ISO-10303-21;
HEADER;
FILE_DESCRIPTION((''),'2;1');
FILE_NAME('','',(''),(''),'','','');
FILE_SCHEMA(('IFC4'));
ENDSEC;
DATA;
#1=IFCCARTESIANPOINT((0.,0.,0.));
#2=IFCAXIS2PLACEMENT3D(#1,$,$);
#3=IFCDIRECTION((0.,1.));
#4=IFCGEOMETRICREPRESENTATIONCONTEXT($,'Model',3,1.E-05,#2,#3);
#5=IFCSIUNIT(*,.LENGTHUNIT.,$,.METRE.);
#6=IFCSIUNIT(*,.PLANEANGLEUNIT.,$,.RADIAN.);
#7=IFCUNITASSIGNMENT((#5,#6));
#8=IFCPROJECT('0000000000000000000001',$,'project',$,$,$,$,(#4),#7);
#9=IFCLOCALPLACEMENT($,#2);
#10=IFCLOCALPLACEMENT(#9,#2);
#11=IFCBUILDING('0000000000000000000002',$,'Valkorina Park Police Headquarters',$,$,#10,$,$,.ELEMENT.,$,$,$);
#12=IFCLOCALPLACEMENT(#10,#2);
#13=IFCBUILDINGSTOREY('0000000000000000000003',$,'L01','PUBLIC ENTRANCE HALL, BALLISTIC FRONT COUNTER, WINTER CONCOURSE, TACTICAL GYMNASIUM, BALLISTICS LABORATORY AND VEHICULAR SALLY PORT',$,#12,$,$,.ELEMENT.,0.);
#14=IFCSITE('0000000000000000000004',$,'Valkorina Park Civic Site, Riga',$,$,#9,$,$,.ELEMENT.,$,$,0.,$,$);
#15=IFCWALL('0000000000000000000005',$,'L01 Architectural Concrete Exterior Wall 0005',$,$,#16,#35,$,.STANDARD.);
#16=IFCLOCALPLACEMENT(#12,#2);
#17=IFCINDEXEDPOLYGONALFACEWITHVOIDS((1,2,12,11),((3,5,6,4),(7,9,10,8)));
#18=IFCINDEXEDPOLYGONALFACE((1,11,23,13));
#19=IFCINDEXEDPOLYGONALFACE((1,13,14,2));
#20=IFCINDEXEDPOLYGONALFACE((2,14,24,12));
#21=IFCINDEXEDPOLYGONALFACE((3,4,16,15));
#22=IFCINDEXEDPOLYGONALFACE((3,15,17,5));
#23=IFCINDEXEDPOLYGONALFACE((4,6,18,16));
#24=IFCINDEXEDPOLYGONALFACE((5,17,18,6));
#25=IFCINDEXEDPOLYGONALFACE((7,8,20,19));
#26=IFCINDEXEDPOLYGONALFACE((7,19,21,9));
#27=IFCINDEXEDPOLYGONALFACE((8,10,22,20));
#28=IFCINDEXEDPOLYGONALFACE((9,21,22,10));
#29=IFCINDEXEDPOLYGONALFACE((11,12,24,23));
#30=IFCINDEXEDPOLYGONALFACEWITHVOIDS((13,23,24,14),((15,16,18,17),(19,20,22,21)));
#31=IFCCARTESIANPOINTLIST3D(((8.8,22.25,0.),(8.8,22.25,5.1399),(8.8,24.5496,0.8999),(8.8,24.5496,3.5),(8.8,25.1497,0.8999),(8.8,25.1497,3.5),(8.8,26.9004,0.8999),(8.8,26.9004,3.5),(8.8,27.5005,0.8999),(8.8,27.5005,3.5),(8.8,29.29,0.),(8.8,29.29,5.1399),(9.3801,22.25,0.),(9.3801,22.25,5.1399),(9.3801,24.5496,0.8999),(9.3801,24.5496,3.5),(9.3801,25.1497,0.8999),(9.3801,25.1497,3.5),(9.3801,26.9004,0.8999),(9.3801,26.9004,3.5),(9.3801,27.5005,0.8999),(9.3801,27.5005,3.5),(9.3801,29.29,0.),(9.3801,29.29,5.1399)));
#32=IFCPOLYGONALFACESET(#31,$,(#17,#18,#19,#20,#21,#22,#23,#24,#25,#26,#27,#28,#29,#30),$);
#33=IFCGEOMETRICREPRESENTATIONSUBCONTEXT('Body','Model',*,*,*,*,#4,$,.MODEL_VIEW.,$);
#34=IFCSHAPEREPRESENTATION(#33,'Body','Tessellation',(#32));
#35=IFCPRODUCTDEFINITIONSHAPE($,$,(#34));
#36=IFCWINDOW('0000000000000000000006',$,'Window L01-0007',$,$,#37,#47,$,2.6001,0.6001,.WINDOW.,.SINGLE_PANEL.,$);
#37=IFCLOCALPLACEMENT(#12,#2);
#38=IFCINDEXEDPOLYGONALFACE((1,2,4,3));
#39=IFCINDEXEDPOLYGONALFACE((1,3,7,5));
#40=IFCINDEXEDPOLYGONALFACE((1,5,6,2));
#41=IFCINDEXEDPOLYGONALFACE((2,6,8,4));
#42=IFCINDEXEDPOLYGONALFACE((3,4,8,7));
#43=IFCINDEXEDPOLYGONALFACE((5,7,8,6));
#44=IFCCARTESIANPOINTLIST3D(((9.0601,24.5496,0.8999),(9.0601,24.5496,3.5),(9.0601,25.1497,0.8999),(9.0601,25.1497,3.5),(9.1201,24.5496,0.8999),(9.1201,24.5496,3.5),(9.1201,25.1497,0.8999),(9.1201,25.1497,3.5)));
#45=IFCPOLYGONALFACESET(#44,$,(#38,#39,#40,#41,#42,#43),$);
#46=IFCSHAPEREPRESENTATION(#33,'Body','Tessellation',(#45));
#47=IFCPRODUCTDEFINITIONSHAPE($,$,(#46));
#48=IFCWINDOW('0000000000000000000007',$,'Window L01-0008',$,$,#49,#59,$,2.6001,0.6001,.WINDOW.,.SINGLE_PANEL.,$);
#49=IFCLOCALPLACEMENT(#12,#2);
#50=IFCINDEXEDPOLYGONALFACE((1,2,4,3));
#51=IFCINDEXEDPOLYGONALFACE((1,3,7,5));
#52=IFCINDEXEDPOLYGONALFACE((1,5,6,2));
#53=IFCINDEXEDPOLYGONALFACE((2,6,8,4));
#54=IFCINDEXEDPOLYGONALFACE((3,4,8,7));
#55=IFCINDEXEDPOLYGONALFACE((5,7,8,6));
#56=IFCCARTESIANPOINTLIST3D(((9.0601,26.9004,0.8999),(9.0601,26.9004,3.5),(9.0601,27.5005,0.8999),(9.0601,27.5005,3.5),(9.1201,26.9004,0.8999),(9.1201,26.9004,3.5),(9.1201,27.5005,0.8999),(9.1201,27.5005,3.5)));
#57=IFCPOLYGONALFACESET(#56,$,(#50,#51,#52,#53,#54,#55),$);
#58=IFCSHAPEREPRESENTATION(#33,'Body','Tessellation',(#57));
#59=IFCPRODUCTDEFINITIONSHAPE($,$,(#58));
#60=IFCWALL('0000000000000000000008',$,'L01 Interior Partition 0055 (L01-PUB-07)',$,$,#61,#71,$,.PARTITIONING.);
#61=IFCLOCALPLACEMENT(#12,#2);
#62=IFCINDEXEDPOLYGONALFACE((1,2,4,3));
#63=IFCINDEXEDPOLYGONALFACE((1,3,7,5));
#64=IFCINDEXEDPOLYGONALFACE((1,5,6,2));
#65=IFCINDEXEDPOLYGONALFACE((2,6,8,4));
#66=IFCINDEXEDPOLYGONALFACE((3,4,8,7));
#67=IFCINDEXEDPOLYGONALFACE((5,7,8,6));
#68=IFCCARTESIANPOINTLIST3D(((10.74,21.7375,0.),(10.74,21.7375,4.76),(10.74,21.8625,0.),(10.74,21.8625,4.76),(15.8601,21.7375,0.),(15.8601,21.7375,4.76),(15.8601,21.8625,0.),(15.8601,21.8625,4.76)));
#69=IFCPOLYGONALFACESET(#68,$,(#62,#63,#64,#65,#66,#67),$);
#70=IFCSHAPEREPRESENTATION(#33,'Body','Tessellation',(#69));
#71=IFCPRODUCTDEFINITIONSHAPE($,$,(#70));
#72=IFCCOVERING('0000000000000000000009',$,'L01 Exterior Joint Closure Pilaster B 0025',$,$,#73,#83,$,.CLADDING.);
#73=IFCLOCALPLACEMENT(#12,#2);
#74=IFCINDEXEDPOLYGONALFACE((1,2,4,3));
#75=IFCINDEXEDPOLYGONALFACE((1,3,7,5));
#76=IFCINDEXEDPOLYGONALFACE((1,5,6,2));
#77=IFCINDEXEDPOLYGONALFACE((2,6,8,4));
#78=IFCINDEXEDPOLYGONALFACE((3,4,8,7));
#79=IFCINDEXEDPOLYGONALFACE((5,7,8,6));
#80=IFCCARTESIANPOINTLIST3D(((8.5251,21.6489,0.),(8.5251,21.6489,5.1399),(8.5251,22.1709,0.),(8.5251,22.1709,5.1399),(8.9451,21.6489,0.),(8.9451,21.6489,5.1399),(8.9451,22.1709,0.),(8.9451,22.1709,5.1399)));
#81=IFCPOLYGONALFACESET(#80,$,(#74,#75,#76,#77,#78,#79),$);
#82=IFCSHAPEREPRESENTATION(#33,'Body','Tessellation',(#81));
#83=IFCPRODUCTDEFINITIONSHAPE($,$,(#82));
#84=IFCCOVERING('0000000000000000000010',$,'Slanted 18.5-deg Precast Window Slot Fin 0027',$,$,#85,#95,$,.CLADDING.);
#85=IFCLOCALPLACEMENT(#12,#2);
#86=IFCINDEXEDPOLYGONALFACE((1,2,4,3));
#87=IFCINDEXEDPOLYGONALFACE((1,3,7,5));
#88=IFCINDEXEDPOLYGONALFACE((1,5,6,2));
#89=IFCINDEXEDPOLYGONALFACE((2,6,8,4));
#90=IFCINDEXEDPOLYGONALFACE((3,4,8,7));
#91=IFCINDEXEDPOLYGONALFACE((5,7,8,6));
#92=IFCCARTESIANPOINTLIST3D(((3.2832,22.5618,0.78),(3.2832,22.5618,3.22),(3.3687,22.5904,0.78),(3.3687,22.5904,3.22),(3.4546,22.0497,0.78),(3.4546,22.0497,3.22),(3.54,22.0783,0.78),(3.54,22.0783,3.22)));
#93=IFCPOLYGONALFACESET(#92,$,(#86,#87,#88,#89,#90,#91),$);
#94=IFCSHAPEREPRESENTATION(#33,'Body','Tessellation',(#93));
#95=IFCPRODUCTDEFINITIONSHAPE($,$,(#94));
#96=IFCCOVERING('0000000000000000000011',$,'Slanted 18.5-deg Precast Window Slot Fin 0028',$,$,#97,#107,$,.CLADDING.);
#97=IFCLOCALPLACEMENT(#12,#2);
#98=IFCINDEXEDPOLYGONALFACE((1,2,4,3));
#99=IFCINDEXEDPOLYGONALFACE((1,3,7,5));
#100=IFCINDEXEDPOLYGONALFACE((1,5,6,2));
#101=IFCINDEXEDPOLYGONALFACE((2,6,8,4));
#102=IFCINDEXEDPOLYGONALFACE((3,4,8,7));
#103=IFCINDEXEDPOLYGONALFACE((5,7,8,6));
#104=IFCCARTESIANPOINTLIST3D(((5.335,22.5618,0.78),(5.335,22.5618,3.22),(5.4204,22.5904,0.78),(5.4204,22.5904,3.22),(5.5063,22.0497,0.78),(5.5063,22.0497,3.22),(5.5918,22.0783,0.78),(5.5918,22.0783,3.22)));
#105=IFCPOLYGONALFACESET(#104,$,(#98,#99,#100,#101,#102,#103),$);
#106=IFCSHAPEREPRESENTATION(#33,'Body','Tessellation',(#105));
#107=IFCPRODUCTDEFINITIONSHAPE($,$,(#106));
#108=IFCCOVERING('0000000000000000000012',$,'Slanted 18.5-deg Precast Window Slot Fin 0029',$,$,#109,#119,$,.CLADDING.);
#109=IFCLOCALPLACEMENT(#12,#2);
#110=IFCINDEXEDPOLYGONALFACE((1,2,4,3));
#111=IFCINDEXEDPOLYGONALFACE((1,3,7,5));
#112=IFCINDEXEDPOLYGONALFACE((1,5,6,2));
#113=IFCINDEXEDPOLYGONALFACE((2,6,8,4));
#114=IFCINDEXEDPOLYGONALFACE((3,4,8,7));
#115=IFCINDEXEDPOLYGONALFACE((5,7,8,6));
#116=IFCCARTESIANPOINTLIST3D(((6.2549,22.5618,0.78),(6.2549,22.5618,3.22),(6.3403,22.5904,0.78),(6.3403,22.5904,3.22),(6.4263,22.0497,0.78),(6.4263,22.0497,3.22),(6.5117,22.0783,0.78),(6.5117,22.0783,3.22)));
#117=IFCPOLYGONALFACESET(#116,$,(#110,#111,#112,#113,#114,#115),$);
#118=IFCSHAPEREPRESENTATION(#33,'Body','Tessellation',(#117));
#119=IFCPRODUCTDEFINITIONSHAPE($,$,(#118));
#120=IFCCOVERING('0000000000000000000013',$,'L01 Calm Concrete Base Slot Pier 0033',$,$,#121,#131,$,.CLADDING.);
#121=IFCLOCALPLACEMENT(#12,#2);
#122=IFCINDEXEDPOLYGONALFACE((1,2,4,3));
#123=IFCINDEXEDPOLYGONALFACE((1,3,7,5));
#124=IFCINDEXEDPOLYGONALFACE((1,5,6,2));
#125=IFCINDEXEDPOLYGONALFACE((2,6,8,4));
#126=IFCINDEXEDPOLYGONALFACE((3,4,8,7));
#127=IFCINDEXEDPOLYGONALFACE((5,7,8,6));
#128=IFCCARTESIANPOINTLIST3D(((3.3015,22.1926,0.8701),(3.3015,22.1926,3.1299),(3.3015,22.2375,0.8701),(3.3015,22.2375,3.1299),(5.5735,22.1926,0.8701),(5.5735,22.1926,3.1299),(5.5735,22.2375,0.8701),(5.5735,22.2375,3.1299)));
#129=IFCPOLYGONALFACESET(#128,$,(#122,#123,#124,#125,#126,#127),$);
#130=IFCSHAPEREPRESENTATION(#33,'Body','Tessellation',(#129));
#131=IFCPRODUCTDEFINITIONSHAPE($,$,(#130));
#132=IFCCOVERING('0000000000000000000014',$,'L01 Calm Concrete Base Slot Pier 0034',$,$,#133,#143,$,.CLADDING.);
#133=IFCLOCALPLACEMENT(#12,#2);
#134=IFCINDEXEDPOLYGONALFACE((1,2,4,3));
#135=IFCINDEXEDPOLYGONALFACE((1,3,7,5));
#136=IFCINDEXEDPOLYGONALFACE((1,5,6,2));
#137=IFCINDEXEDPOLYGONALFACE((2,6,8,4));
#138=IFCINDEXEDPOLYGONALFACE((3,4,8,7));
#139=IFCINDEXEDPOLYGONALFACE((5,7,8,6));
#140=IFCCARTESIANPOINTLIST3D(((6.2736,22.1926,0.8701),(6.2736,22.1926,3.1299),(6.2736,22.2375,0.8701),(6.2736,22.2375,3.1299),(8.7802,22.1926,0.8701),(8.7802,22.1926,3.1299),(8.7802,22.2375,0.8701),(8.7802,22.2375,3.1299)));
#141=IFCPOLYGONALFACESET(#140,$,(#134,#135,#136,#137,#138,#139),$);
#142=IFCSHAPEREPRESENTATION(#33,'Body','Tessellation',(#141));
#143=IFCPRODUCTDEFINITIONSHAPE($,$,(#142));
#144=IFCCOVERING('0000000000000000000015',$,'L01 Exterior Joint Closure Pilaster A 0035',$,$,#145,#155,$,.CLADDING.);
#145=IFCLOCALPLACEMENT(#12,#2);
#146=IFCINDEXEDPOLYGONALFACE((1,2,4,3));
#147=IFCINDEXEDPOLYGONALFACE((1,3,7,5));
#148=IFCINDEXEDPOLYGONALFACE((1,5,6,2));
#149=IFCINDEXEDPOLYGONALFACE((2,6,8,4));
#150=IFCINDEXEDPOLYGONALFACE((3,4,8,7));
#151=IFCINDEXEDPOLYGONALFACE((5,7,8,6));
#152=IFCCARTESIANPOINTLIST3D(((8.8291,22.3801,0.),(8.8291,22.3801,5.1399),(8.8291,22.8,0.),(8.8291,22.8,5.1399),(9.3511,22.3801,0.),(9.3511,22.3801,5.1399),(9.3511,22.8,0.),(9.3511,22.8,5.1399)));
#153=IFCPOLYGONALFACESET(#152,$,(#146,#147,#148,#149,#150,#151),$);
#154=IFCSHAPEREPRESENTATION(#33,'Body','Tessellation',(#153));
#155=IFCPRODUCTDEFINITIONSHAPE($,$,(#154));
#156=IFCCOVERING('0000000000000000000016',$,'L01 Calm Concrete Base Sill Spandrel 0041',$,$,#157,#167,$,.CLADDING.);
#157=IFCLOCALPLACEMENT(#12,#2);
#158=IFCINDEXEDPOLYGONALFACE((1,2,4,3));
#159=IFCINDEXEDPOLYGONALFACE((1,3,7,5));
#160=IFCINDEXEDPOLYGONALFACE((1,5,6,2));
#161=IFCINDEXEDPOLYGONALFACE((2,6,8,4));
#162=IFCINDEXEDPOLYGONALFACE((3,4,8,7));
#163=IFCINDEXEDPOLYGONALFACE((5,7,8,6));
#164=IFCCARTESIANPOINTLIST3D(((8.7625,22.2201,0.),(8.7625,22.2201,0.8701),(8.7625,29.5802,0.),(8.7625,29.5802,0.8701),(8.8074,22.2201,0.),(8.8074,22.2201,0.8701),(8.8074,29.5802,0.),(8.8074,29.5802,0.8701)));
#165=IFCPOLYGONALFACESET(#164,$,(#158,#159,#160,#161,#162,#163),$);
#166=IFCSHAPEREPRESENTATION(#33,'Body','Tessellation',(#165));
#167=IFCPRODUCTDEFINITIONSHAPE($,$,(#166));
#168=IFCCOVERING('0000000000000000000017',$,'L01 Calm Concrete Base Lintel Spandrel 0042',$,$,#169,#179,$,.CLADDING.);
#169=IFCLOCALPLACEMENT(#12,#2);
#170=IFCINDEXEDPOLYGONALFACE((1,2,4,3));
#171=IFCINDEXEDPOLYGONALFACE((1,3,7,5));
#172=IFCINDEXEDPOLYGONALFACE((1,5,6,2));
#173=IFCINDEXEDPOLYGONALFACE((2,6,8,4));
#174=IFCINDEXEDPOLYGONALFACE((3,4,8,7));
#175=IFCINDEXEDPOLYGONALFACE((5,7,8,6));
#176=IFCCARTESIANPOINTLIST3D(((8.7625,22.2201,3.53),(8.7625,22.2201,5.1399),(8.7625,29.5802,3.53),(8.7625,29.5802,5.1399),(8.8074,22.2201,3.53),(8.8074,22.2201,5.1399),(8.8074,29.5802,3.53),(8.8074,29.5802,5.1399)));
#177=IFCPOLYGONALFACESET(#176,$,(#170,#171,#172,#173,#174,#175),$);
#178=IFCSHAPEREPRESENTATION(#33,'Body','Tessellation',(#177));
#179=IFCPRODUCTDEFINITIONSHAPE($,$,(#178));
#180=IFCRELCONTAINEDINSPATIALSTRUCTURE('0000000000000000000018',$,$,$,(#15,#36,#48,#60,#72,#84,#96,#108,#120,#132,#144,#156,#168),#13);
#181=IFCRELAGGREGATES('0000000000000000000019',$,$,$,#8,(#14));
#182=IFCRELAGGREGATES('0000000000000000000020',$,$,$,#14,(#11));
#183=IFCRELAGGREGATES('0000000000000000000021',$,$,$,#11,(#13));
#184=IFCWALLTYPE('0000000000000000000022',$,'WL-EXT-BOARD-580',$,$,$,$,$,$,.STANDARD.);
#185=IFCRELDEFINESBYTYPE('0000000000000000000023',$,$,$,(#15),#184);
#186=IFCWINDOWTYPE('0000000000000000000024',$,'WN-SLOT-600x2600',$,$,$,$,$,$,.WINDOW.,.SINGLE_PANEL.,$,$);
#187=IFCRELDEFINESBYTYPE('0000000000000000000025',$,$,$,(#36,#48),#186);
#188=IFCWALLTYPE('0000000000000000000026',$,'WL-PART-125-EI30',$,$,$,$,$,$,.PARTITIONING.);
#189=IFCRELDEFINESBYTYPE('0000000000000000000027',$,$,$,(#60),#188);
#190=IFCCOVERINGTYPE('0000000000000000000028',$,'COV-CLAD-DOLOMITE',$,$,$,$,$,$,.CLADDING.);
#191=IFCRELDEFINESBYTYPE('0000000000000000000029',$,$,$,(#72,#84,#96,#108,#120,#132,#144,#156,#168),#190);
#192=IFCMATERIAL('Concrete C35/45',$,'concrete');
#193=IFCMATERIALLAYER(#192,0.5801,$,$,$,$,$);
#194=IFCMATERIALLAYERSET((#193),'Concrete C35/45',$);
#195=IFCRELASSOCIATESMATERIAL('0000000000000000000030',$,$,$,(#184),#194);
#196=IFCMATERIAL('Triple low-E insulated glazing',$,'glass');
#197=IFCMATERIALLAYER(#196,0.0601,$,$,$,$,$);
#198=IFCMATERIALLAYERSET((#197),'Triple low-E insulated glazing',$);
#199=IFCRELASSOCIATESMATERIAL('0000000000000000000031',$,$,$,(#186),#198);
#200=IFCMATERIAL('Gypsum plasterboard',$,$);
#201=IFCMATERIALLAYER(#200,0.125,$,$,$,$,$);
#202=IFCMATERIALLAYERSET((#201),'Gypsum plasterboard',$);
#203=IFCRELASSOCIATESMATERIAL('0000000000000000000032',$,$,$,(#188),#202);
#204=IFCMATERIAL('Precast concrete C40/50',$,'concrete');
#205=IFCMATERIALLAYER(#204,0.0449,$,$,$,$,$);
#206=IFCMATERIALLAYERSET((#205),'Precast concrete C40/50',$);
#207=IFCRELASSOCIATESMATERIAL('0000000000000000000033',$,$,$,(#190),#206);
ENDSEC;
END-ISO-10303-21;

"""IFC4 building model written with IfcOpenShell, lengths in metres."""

from ifc_helpers import new_model, si_unit, direction, frame, frame_2d, origin, origin_2d, place, context, subcontext, project, spatial, rectangle, extrude, material, layer, layer_set, type_object, element, fill, save


model = new_model("IFC4")

# Units and contexts
model_context = context("Model", 3, precision=1e-05, world=origin(), true_north=direction((0.0, 1.0)))
body_context = subcontext(model_context, "Body", "Model", "MODEL_VIEW")
ifc_project = project(units=[si_unit("LENGTHUNIT", "METRE"), si_unit("PLANEANGLEUNIT", "RADIAN")], contexts=[model_context])

# Site, building, storey
site_placement = place(None, origin())
site = spatial("IfcSite", under=ifc_project, at=site_placement, Name="Valkorina Park Civic Site, Riga", CompositionType="ELEMENT", RefElevation=0.0)
building_placement = place(site_placement, origin())
building = spatial("IfcBuilding", under=site, at=building_placement, Name="Valkorina Park Police Headquarters", CompositionType="ELEMENT")
storey_placement = place(building_placement, origin())
storey = spatial("IfcBuildingStorey", under=building, at=storey_placement, Name="L01", Description="PUBLIC ENTRANCE HALL, BALLISTIC FRONT COUNTER, WINTER CONCOURSE, TACTICAL GYMNASIUM, BALLISTICS LABORATORY AND VEHICULAR SALLY PORT", CompositionType="ELEMENT", Elevation=0.0)

# Wall, openings, windows
ifc_material_1 = material(Name="Concrete C35/45", Category="concrete")
ifc_layer_1 = layer(ifc_material_1, 0.5801)
ifc_layer_set_1 = layer_set([ifc_layer_1], Name="Concrete C35/45")
wall_type_1 = type_object("IfcWallType", Name="WL-EXT-BOARD-580", PredefinedType="STANDARD", material=ifc_layer_set_1)
wall_1_placement = place(storey_placement, frame((9.0901, 22.25, 0.0), z_axis=(0.0, 0.0, 1.0), x_axis=(0.0, 1.0, 0.0)))
wall_1 = element("IfcWall", 1, at=wall_1_placement, inside=storey, type_object=wall_type_1, Name="L01 Architectural Concrete Exterior Wall 0005", PredefinedType="STANDARD", context=body_context, shape_type="SweptSolid", body=[
    extrude(rectangle(XDim=7.04, YDim=0.5801, at=frame_2d((3.52, 0.0))), origin(), (0.0, 0.0, 1.0), 5.1399),
])
opening_1_placement = place(wall_1_placement, frame((2.2996, 0.0, 0.8999)))
opening_1 = element("IfcOpeningElement", 2, at=opening_1_placement, cuts=wall_1, PredefinedType="OPENING", context=body_context, shape_type="SweptSolid", body=[
    extrude(rectangle(XDim=0.6001, YDim=2.6001, at=frame_2d((0.3, 1.3))), frame((0.0, 0.3, 0.0), z_axis=(0.0, -1.0, 0.0), x_axis=(1.0, 0.0, 0.0)), (0.0, 0.0, 1.0), 0.6001),
])
opening_2_placement = place(wall_1_placement, frame((4.6504, 0.0, 0.8999)))
opening_2 = element("IfcOpeningElement", 3, at=opening_2_placement, cuts=wall_1, PredefinedType="OPENING", context=body_context, shape_type="SweptSolid", body=[
    extrude(rectangle(XDim=0.6001, YDim=2.6001, at=frame_2d((0.3, 1.3))), frame((0.0, 0.3, 0.0), z_axis=(0.0, -1.0, 0.0), x_axis=(1.0, 0.0, 0.0)), (0.0, 0.0, 1.0), 0.6001),
])
ifc_material_2 = material(Name="Triple low-E insulated glazing", Category="glass")
ifc_layer_2 = layer(ifc_material_2, 0.0601)
ifc_layer_set_2 = layer_set([ifc_layer_2], Name="Triple low-E insulated glazing")
window_type = type_object("IfcWindowType", Name="WN-SLOT-600x2600", PartitioningType="SINGLE_PANEL", PredefinedType="WINDOW", material=ifc_layer_set_2)
window_1_placement = place(opening_1_placement, origin())
window_1 = element("IfcWindow", 4, at=window_1_placement, inside=storey, type_object=window_type, Name="Window L01-0007", OverallHeight=2.6001, OverallWidth=0.6001, PartitioningType="SINGLE_PANEL", PredefinedType="WINDOW", context=body_context, shape_type="SweptSolid", body=[
    extrude(rectangle(XDim=0.6001, YDim=2.6001, at=frame_2d((0.3, 1.3))), frame((0.0, 0.03, 0.0), z_axis=(0.0, -1.0, 0.0), x_axis=(1.0, 0.0, 0.0)), (0.0, 0.0, 1.0), 0.0601),
])
fill(opening_1, window_1)
window_2_placement = place(opening_2_placement, origin())
window_2 = element("IfcWindow", 5, at=window_2_placement, inside=storey, type_object=window_type, Name="Window L01-0008", OverallHeight=2.6001, OverallWidth=0.6001, PartitioningType="SINGLE_PANEL", PredefinedType="WINDOW", context=body_context, shape_type="SweptSolid", body=[
    extrude(rectangle(XDim=0.6001, YDim=2.6001, at=frame_2d((0.3, 1.3))), frame((0.0, 0.03, 0.0), z_axis=(0.0, -1.0, 0.0), x_axis=(1.0, 0.0, 0.0)), (0.0, 0.0, 1.0), 0.0601),
])
fill(opening_2, window_2)

# Wall
ifc_material_3 = material(Name="Gypsum plasterboard")
ifc_layer_3 = layer(ifc_material_3, 0.125)
ifc_layer_set_3 = layer_set([ifc_layer_3], Name="Gypsum plasterboard")
wall_type_2 = type_object("IfcWallType", Name="WL-PART-125-EI30", PredefinedType="PARTITIONING", material=ifc_layer_set_3)
wall_2_placement = place(storey_placement, frame((10.74, 21.8, 0.0), z_axis=(0.0, 0.0, 1.0), x_axis=(1.0, 0.0, 0.0)))
element("IfcWall", 6, at=wall_2_placement, inside=storey, type_object=wall_type_2, Name="L01 Interior Partition 0055 (L01-PUB-07)", PredefinedType="PARTITIONING", context=body_context, shape_type="SweptSolid", body=[
    extrude(rectangle(XDim=5.1201, YDim=0.125, at=frame_2d((2.5601, 0.0))), origin(), (0.0, 0.0, 1.0), 4.76),
])

# Coverings
ifc_material_4 = material(Name="Precast concrete C40/50", Category="concrete")
ifc_layer_4 = layer(ifc_material_4, 0.0449)
ifc_layer_set_4 = layer_set([ifc_layer_4], Name="Precast concrete C40/50")
covering_type = type_object("IfcCoveringType", Name="COV-CLAD-DOLOMITE", PredefinedType="CLADDING", material=ifc_layer_set_4)
covering_1_placement = place(storey_placement, frame((8.7351, 21.9099, 0.0), z_axis=(0.0, 0.0, 1.0), x_axis=(1.0, 0.0, 0.0)))
element("IfcCovering", 7, at=covering_1_placement, inside=storey, type_object=covering_type, Name="L01 Exterior Joint Closure Pilaster B 0025", PredefinedType="CLADDING", context=body_context, shape_type="SweptSolid", body=[
    extrude(rectangle(XDim=0.4199, YDim=0.522, at=origin_2d()), origin(), (0.0, 0.0, 1.0), 5.1399),
])
for number, where, z_axis, x_axis, name in (
    (8, (3.4116, 22.3201, 0.78), (0.0, 0.0, 1.0), (-0.317305, 0.948324, 0.0), "Slanted 18.5-deg Precast Window Slot Fin 0027"),
    (9, (5.4634, 22.3201, 0.78), (0.0, 0.0, 1.0), (-0.317305, 0.948324, 0.0), "Slanted 18.5-deg Precast Window Slot Fin 0028"),
    (10, (6.3833, 22.3201, 0.78), (0.0, 0.0, 1.0), (-0.317305, 0.948324, 0.0), "Slanted 18.5-deg Precast Window Slot Fin 0029"),
):
    element("IfcCovering", number, at=place(storey_placement, frame(where, z_axis=z_axis, x_axis=x_axis)), inside=storey, type_object=covering_type, Name=name, PredefinedType="CLADDING", context=body_context, shape_type="SweptSolid", body=[
        extrude(rectangle(XDim=0.54, YDim=0.0901, at=origin_2d()), origin(), (0.0, 0.0, 1.0), 2.4399),
    ])
covering_2_placement = place(storey_placement, frame((3.3015, 22.2151, 0.8701), z_axis=(0.0, 0.0, 1.0), x_axis=(1.0, 0.0, 0.0)))
element("IfcCovering", 11, at=covering_2_placement, inside=storey, type_object=covering_type, Name="L01 Calm Concrete Base Slot Pier 0033", PredefinedType="CLADDING", context=body_context, shape_type="SweptSolid", body=[
    extrude(rectangle(XDim=2.272, YDim=0.0449, at=frame_2d((1.136, 0.0))), origin(), (0.0, 0.0, 1.0), 2.2598),
])
covering_3_placement = place(storey_placement, frame((6.2734, 22.2151, 0.8701), z_axis=(0.0, 0.0, 1.0), x_axis=(1.0, 0.0, 0.0)))
element("IfcCovering", 12, at=covering_3_placement, inside=storey, type_object=covering_type, Name="L01 Calm Concrete Base Slot Pier 0034", PredefinedType="CLADDING", context=body_context, shape_type="SweptSolid", body=[
    extrude(rectangle(XDim=2.5066, YDim=0.0449, at=frame_2d((1.2534, 0.0))), origin(), (0.0, 0.0, 1.0), 2.2598),
])
covering_4_placement = place(storey_placement, frame((9.0901, 22.5901, 0.0), z_axis=(0.0, 0.0, 1.0), x_axis=(0.0, 1.0, 0.0)))
element("IfcCovering", 13, at=covering_4_placement, inside=storey, type_object=covering_type, Name="L01 Exterior Joint Closure Pilaster A 0035", PredefinedType="CLADDING", context=body_context, shape_type="SweptSolid", body=[
    extrude(rectangle(XDim=0.4199, YDim=0.522, at=origin_2d()), origin(), (0.0, 0.0, 1.0), 5.1399),
])
covering_5_placement = place(storey_placement, frame((8.7849, 22.22, 0.0), z_axis=(0.0, 0.0, 1.0), x_axis=(0.0, 1.0, 0.0)))
element("IfcCovering", 14, at=covering_5_placement, inside=storey, type_object=covering_type, Name="L01 Calm Concrete Base Sill Spandrel 0041", PredefinedType="CLADDING", context=body_context, shape_type="SweptSolid", body=[
    extrude(rectangle(XDim=7.3601, YDim=0.0449, at=frame_2d((3.6802, 0.0))), origin(), (0.0, 0.0, 1.0), 0.8701),
])
covering_6_placement = place(storey_placement, frame((8.7849, 22.22, 3.53), z_axis=(0.0, 0.0, 1.0), x_axis=(0.0, 1.0, 0.0)))
element("IfcCovering", 15, at=covering_6_placement, inside=storey, type_object=covering_type, Name="L01 Calm Concrete Base Lintel Spandrel 0042", PredefinedType="CLADDING", context=body_context, shape_type="SweptSolid", body=[
    extrude(rectangle(XDim=7.3601, YDim=0.0449, at=frame_2d((3.6802, 0.0))), origin(), (0.0, 0.0, 1.0), 1.6099),
])

save(model, "model.ifc")
